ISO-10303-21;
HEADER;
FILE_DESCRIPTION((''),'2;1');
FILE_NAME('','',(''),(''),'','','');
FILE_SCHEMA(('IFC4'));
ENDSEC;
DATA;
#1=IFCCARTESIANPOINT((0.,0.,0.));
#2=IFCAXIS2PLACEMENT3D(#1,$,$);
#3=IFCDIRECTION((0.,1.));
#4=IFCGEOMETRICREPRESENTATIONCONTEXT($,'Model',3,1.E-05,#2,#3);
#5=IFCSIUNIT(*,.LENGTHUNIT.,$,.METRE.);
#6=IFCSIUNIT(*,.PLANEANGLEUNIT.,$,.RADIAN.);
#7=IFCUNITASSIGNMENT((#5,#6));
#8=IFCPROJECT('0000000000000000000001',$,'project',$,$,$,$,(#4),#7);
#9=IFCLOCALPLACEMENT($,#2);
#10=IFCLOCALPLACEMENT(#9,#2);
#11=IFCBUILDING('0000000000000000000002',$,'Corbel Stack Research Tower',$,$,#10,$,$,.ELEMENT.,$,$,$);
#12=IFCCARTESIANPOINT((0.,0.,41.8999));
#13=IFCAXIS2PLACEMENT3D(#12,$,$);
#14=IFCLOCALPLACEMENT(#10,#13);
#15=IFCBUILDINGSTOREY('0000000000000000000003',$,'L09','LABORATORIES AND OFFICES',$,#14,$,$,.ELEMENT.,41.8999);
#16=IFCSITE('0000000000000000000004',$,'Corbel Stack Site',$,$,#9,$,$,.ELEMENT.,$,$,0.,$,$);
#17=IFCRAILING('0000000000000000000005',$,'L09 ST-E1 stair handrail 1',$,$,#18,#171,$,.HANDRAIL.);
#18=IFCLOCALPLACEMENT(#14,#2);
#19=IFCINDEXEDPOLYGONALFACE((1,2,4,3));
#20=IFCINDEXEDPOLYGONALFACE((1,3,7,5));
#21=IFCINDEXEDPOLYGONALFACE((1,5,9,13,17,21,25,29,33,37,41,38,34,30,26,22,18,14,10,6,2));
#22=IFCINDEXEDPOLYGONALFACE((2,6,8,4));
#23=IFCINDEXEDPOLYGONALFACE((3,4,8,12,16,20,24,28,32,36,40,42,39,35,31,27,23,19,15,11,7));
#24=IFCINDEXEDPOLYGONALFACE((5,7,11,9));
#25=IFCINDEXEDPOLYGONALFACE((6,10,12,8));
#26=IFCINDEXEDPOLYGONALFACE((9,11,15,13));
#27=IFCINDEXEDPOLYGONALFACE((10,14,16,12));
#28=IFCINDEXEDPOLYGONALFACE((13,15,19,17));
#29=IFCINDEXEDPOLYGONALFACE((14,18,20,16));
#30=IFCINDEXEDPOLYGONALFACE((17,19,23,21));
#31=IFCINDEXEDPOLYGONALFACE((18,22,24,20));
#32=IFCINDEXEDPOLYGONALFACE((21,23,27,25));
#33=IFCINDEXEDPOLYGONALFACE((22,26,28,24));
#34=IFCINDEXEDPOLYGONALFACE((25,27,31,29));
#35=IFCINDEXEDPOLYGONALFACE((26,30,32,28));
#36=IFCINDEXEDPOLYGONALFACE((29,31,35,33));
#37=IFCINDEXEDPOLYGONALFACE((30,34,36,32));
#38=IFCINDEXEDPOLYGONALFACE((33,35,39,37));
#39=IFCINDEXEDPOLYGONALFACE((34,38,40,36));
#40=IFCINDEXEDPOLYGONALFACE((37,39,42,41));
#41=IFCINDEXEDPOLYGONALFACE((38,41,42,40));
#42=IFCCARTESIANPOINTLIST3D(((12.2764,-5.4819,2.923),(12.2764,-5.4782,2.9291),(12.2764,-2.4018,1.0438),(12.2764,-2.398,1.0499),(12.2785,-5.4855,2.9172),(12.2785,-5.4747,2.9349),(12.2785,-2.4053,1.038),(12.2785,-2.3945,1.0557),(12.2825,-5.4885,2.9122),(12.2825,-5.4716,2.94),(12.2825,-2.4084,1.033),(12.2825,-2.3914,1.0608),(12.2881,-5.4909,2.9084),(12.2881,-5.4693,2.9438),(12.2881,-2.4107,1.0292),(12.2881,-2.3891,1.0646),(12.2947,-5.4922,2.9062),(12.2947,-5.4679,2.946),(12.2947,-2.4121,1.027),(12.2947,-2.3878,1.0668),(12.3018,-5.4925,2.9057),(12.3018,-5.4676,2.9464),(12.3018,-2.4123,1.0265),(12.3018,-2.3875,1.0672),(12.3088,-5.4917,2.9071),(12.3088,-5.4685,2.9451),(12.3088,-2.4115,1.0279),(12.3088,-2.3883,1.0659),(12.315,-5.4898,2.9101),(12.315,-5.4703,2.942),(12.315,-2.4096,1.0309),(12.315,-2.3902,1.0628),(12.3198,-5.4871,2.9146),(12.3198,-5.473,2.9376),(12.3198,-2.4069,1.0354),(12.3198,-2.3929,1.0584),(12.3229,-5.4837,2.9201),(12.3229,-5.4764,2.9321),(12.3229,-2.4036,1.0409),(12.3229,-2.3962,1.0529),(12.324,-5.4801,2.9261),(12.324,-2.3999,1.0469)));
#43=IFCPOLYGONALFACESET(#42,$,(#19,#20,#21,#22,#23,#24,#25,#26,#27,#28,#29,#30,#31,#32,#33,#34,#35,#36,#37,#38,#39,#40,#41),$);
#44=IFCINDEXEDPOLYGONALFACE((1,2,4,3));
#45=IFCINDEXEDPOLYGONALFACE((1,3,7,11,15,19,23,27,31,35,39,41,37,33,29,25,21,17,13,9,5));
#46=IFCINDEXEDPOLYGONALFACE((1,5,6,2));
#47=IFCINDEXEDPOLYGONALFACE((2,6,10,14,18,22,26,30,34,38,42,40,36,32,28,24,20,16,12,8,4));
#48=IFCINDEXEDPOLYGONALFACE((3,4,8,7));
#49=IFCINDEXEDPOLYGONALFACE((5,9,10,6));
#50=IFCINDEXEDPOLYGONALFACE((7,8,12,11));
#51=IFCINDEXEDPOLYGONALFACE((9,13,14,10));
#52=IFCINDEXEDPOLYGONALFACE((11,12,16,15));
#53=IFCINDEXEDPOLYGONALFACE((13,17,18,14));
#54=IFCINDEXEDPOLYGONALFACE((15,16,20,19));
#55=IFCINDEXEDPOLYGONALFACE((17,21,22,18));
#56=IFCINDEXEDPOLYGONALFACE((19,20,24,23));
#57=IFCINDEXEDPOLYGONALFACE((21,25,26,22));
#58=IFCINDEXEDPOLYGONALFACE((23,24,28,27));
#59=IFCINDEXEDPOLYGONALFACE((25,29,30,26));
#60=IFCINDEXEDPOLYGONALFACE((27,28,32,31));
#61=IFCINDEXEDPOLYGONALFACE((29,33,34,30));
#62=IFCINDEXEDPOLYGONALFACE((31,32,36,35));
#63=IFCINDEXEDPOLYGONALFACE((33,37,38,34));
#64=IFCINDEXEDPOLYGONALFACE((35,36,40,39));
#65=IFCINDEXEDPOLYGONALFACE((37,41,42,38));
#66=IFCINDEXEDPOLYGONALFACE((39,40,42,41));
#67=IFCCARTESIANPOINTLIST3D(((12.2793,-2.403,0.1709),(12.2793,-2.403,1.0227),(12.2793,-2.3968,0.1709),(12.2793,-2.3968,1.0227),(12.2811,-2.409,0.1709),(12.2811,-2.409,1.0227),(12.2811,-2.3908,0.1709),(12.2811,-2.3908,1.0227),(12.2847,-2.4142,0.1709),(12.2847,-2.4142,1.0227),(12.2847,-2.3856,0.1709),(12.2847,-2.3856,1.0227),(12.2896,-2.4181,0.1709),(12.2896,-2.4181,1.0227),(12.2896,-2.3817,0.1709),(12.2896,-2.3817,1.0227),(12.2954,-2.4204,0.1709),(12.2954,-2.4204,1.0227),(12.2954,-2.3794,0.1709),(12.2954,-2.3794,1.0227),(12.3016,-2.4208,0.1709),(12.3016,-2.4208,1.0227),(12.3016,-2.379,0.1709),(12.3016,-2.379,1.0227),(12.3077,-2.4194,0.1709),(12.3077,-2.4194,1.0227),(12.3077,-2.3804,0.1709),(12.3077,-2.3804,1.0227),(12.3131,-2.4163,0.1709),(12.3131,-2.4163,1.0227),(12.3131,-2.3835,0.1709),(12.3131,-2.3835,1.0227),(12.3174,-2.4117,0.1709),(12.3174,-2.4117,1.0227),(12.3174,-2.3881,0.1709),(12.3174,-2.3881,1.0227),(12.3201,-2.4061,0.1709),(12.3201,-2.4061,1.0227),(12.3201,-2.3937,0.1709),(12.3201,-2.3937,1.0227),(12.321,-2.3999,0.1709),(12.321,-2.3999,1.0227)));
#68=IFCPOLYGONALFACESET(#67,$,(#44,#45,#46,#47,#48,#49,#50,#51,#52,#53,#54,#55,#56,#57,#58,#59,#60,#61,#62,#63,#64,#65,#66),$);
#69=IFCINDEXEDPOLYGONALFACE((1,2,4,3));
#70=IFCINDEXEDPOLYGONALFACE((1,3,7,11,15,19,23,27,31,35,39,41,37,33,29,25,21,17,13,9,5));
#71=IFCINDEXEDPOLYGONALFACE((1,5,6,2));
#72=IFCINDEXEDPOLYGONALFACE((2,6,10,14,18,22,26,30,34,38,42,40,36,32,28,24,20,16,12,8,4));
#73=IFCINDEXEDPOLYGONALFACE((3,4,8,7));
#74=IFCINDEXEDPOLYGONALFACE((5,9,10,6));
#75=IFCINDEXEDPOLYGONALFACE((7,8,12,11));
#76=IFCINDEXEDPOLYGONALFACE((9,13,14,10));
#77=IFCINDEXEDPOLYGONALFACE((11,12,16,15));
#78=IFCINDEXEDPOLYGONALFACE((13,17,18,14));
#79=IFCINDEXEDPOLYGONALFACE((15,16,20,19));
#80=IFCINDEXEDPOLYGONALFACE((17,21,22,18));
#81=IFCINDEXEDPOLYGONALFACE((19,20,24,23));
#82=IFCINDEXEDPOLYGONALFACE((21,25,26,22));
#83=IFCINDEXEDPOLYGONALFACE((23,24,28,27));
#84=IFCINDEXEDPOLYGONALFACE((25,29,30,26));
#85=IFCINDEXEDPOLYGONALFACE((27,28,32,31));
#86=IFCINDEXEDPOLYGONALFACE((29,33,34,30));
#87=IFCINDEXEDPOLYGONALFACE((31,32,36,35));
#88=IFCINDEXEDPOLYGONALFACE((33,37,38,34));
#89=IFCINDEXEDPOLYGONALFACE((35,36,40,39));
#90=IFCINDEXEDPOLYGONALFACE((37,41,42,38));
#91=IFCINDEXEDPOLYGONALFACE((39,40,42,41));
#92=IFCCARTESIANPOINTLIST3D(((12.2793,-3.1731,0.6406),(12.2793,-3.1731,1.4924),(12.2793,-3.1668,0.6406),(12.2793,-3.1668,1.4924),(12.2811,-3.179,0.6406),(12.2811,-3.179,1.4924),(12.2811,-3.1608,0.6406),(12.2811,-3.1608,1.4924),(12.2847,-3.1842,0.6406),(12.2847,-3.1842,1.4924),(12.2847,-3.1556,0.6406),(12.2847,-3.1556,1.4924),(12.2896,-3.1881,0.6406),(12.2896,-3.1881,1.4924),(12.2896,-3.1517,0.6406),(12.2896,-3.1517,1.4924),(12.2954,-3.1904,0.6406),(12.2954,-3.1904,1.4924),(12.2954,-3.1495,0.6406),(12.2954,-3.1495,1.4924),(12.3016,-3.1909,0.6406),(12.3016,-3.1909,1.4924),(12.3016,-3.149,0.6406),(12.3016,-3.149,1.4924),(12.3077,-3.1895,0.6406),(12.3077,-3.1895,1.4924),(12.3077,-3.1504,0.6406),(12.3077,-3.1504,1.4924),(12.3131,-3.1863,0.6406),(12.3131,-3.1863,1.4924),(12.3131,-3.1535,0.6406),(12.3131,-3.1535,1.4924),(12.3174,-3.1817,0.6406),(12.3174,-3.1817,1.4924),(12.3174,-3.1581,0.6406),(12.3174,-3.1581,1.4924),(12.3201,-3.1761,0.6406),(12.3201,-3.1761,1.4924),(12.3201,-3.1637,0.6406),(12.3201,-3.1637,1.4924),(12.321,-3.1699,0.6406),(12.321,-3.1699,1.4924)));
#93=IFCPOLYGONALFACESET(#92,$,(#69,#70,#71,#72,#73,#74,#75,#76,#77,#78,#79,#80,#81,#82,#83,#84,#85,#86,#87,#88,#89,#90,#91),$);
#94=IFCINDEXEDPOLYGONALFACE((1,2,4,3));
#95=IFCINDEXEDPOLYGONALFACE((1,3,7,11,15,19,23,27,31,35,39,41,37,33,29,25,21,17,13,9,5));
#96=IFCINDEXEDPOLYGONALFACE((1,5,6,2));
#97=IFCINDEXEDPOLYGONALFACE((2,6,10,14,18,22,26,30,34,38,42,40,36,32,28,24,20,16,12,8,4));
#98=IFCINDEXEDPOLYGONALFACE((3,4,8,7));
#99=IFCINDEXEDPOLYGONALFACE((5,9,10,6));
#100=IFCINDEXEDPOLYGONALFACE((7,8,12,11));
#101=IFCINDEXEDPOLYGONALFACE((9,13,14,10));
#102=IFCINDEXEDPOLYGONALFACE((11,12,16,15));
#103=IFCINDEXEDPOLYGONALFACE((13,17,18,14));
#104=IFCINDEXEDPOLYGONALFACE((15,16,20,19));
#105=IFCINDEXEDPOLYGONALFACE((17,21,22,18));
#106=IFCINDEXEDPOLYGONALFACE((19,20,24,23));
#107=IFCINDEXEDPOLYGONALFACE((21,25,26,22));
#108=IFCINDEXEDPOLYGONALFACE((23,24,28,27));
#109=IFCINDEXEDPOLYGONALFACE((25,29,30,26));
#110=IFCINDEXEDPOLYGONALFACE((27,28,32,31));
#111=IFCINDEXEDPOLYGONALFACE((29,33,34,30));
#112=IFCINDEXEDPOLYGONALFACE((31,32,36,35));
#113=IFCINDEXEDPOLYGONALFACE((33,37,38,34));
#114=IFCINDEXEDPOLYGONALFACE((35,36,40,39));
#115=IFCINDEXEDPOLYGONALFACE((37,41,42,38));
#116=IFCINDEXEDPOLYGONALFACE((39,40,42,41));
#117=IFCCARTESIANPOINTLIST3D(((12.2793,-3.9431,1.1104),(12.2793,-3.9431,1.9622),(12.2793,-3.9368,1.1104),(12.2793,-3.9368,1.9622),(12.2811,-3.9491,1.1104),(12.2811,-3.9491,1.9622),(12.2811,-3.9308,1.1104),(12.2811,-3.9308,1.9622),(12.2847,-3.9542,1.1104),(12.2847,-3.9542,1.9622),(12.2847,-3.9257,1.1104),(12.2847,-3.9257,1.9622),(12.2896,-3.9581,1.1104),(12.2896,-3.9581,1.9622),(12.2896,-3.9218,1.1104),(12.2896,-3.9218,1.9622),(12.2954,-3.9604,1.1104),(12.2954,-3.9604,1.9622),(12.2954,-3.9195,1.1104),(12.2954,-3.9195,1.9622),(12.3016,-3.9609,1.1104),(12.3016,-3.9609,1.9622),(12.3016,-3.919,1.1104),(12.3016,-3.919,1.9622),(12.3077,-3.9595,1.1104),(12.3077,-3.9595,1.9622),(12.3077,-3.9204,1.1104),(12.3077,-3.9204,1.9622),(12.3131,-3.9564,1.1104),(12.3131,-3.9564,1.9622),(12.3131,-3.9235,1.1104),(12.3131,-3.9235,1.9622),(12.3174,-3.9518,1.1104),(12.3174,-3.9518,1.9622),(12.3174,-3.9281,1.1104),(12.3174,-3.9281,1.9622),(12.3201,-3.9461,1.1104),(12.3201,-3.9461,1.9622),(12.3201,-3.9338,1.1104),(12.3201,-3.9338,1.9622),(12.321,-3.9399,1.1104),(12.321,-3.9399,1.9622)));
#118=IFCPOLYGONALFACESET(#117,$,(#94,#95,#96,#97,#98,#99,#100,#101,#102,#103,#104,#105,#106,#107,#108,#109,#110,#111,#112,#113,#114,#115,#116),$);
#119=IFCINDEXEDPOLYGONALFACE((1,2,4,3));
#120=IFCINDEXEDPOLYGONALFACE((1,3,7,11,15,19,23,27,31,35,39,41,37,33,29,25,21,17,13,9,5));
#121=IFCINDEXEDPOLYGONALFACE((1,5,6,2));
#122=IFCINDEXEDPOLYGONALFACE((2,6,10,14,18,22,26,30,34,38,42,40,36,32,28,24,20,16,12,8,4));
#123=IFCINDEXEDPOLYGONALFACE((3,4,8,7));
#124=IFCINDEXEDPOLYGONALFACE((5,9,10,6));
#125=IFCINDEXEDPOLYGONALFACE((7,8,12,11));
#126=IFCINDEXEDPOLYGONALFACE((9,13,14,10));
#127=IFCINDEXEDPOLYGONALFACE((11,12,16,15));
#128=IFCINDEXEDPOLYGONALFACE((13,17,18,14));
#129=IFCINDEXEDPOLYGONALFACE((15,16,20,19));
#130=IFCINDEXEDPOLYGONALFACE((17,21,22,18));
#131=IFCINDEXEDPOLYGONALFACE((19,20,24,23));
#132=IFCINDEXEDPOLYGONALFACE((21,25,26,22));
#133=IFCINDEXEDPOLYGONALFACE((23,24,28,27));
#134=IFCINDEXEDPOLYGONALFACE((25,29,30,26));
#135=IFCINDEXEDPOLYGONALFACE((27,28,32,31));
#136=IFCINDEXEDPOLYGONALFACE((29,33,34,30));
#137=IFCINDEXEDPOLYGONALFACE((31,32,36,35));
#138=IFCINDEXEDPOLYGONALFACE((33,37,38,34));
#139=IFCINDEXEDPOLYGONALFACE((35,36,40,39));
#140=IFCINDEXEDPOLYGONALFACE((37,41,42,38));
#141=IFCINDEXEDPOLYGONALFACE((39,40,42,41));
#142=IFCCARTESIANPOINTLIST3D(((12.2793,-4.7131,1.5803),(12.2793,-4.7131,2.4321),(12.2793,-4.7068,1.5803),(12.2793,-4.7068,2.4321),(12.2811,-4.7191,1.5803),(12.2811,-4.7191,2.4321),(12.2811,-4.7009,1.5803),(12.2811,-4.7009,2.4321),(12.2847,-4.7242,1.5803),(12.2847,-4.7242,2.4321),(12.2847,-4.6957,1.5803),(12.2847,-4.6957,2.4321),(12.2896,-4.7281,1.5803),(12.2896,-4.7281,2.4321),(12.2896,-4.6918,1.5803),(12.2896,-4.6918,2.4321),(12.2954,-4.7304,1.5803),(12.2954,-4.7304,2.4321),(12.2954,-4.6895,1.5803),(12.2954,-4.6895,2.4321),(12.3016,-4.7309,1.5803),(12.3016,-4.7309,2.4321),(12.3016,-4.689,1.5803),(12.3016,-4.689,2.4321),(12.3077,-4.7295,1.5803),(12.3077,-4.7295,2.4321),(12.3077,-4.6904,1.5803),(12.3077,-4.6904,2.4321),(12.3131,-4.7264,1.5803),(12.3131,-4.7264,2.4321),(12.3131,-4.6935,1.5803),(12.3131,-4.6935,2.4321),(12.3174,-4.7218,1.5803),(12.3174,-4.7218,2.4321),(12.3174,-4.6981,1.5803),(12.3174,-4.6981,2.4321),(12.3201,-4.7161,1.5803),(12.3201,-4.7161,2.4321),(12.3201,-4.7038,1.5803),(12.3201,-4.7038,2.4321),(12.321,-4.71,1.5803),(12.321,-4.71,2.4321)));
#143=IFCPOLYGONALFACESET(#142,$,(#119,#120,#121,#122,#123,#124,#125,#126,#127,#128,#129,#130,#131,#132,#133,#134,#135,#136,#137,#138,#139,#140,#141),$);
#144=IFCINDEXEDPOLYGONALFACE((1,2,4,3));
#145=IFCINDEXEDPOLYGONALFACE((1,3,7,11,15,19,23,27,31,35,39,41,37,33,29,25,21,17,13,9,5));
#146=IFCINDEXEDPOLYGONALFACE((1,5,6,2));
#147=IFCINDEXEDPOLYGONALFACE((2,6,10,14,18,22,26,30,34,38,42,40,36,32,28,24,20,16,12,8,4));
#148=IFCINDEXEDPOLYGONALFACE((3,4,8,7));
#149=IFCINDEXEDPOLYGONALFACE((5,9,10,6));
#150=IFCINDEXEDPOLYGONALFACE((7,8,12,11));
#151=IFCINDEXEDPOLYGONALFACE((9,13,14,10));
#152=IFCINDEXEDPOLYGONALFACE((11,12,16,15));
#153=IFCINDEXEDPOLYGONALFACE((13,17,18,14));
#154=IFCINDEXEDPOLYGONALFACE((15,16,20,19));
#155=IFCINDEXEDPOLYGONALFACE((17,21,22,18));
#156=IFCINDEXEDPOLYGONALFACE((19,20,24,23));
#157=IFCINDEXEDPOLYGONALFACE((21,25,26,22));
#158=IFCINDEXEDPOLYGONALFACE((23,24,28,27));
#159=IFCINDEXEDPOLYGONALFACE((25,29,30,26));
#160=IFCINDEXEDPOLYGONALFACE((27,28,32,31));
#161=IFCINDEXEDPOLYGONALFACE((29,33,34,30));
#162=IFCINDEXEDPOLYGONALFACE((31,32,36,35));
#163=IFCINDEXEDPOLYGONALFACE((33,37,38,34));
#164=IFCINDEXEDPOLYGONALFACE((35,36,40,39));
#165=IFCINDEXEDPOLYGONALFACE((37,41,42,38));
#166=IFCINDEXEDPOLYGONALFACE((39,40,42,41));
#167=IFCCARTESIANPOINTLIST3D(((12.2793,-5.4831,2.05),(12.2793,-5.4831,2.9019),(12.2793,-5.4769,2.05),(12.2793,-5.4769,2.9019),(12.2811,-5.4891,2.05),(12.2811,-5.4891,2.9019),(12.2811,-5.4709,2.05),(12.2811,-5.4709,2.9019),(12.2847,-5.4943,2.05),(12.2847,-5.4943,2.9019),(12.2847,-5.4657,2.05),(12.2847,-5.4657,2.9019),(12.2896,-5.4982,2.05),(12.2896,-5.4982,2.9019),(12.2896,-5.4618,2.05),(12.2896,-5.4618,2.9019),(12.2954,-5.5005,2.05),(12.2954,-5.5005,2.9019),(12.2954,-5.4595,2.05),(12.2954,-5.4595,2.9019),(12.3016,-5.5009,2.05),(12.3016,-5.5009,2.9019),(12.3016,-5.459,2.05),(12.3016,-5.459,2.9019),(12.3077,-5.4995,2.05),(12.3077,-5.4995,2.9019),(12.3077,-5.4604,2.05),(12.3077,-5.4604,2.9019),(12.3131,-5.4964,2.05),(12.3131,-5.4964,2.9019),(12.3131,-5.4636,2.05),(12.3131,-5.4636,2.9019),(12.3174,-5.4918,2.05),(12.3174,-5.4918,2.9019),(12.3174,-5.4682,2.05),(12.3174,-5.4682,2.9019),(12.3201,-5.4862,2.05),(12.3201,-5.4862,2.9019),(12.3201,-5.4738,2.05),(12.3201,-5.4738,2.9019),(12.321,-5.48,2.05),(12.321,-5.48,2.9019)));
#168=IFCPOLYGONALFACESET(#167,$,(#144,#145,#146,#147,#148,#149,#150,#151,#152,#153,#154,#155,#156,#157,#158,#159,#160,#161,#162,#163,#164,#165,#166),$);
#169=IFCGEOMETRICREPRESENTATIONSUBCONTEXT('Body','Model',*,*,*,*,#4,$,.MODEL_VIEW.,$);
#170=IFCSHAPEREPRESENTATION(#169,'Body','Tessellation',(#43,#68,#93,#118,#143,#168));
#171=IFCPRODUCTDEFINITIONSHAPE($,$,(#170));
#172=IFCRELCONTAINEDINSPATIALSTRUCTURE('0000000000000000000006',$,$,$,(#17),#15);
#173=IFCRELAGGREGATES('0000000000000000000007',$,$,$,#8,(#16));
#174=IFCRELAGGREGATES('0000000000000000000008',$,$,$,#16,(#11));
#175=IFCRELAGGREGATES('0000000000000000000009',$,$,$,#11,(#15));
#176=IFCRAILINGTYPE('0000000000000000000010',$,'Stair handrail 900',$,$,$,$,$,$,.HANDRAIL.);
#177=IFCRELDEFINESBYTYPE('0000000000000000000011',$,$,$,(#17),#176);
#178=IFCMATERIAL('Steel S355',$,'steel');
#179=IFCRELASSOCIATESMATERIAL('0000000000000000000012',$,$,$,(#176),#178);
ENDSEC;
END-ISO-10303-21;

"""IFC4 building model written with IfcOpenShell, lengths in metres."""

from ifc_helpers import new_model, si_unit, direction, frame, origin, origin_2d, place, context, subcontext, project, spatial, circle, extrude, material, type_object, element, save


model = new_model("IFC4")

# Units and contexts
model_context = context("Model", 3, precision=1e-05, world=origin(), true_north=direction((0.0, 1.0)))
body_context = subcontext(model_context, "Body", "Model", "MODEL_VIEW")
ifc_project = project(units=[si_unit("LENGTHUNIT", "METRE"), si_unit("PLANEANGLEUNIT", "RADIAN")], contexts=[model_context])

# Site, building, storey
site_placement = place(None, origin())
site = spatial("IfcSite", under=ifc_project, at=site_placement, Name="Corbel Stack Site", CompositionType="ELEMENT", RefElevation=0.0)
building_placement = place(site_placement, origin())
building = spatial("IfcBuilding", under=site, at=building_placement, Name="Corbel Stack Research Tower", CompositionType="ELEMENT")
storey_placement = place(building_placement, frame((0.0, 0.0, 41.8999)))
storey = spatial("IfcBuildingStorey", under=building, at=storey_placement, Name="L09", Description="LABORATORIES AND OFFICES", CompositionType="ELEMENT", Elevation=41.8999)

# Railing
ifc_material_1 = material(Name="Steel S355", Category="steel")
railing_type_1 = type_object("IfcRailingType", Name="Stair handrail 900", PredefinedType="HANDRAIL", material=ifc_material_1)
railing_1_placement = place(storey_placement, frame((12.3, -2.3999, 0.1709)))
element("IfcRailing", 1, at=railing_1_placement, inside=storey, type_object=railing_type_1, Name="L09 ST-E1 stair handrail 1", PredefinedType="HANDRAIL", context=body_context, shape_type="SweptSolid", body=[
    extrude(circle(Radius=0.0239, at=origin_2d()), frame((0.0, 0.0, 0.876), z_axis=(0.0, -0.853666, 0.52082), x_axis=(1.0, 0.0, 0.0)), (0.0, 0.0, 1.0), 3.6082),
    extrude(circle(Radius=0.021, at=origin_2d()), origin(), (0.0, 0.0, 1.0), 0.8518),
    extrude(circle(Radius=0.021, at=origin_2d()), frame((0.0, -0.77, 0.4697)), (0.0, 0.0, 1.0), 0.8518),
    extrude(circle(Radius=0.021, at=origin_2d()), frame((0.0, -1.54, 0.9395)), (0.0, 0.0, 1.0), 0.8518),
    extrude(circle(Radius=0.021, at=origin_2d()), frame((0.0, -2.3101, 1.4094)), (0.0, 0.0, 1.0), 0.8518),
    extrude(circle(Radius=0.021, at=origin_2d()), frame((0.0, -3.0801, 1.8792)), (0.0, 0.0, 1.0), 0.8518),
])

save(model, "model.ifc")
